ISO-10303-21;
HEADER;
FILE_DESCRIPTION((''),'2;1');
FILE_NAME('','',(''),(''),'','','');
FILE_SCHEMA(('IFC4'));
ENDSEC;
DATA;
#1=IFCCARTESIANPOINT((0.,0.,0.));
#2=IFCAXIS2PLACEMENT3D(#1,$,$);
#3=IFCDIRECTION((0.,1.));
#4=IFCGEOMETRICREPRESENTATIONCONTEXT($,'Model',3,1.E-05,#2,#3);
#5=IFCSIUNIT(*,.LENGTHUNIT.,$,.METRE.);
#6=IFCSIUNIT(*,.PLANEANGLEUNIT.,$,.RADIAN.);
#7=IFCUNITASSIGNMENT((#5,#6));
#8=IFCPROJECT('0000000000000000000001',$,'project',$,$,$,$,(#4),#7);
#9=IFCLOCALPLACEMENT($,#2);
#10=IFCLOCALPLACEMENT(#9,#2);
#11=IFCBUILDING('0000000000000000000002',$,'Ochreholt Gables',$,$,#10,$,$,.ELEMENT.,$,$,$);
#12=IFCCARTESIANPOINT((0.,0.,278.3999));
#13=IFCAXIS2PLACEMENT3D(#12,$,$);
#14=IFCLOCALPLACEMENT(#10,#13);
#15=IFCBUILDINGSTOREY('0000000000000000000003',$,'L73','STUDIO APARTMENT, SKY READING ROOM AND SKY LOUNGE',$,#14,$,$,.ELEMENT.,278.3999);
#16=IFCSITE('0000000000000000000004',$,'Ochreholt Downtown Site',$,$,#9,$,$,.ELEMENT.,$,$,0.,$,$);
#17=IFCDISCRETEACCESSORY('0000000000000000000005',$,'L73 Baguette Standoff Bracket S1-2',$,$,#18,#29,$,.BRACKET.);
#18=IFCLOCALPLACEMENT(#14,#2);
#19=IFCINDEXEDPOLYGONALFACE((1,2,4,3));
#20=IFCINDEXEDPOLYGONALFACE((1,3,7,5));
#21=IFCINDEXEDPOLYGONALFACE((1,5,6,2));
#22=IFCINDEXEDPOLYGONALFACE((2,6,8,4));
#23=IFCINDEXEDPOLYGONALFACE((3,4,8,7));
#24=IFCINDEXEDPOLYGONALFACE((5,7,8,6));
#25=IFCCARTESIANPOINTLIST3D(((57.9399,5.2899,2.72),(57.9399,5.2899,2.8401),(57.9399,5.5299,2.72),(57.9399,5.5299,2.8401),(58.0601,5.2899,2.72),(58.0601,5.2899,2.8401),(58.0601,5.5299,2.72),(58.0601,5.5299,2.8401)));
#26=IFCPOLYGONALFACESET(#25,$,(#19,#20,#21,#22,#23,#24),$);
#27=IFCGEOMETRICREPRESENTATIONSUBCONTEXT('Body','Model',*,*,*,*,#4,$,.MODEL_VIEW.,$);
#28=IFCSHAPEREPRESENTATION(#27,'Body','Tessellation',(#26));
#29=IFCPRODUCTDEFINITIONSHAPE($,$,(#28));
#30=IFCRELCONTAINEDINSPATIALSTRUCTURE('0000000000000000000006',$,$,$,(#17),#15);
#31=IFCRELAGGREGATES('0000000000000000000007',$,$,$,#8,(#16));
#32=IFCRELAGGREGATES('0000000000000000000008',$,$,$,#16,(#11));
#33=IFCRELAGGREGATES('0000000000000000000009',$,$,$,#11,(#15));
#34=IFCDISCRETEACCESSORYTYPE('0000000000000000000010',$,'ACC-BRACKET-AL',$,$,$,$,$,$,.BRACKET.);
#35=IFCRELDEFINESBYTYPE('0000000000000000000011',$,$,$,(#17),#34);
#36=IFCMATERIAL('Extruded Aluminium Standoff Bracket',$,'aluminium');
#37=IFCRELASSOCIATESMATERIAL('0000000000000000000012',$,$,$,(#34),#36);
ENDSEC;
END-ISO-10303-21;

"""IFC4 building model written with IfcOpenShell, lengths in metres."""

from ifc_helpers import new_model, si_unit, direction, frame, origin, origin_2d, place, context, subcontext, project, spatial, rectangle, extrude, material, type_object, element, save


model = new_model("IFC4")

# Units and contexts
model_context = context("Model", 3, precision=1e-05, world=origin(), true_north=direction((0.0, 1.0)))
body_context = subcontext(model_context, "Body", "Model", "MODEL_VIEW")
ifc_project = project(units=[si_unit("LENGTHUNIT", "METRE"), si_unit("PLANEANGLEUNIT", "RADIAN")], contexts=[model_context])

# Site, building, storey
site_placement = place(None, origin())
site = spatial("IfcSite", under=ifc_project, at=site_placement, Name="Ochreholt Downtown Site", CompositionType="ELEMENT", RefElevation=0.0)
building_placement = place(site_placement, origin())
building = spatial("IfcBuilding", under=site, at=building_placement, Name="Ochreholt Gables", CompositionType="ELEMENT")
storey_placement = place(building_placement, frame((0.0, 0.0, 278.3999)))
storey = spatial("IfcBuildingStorey", under=building, at=storey_placement, Name="L73", Description="STUDIO APARTMENT, SKY READING ROOM AND SKY LOUNGE", CompositionType="ELEMENT", Elevation=278.3999)

# Discrete accessory
ifc_material_1 = material(Name="Extruded Aluminium Standoff Bracket", Category="aluminium")
discrete_accessory_type = type_object("IfcDiscreteAccessoryType", Name="ACC-BRACKET-AL", PredefinedType="BRACKET", material=ifc_material_1)
discrete_accessory_placement = place(storey_placement, frame((58.0, 5.4099, 2.72), z_axis=(0.0, 0.0, 1.0), x_axis=(1.0, 0.0, 0.0)))
element("IfcDiscreteAccessory", 1, at=discrete_accessory_placement, inside=storey, type_object=discrete_accessory_type, Name="L73 Baguette Standoff Bracket S1-2", PredefinedType="BRACKET", context=body_context, shape_type="SweptSolid", body=[
    extrude(rectangle(XDim=0.1201, YDim=0.24, at=origin_2d()), origin(), (0.0, 0.0, 1.0), 0.1201),
])

save(model, "model.ifc")
